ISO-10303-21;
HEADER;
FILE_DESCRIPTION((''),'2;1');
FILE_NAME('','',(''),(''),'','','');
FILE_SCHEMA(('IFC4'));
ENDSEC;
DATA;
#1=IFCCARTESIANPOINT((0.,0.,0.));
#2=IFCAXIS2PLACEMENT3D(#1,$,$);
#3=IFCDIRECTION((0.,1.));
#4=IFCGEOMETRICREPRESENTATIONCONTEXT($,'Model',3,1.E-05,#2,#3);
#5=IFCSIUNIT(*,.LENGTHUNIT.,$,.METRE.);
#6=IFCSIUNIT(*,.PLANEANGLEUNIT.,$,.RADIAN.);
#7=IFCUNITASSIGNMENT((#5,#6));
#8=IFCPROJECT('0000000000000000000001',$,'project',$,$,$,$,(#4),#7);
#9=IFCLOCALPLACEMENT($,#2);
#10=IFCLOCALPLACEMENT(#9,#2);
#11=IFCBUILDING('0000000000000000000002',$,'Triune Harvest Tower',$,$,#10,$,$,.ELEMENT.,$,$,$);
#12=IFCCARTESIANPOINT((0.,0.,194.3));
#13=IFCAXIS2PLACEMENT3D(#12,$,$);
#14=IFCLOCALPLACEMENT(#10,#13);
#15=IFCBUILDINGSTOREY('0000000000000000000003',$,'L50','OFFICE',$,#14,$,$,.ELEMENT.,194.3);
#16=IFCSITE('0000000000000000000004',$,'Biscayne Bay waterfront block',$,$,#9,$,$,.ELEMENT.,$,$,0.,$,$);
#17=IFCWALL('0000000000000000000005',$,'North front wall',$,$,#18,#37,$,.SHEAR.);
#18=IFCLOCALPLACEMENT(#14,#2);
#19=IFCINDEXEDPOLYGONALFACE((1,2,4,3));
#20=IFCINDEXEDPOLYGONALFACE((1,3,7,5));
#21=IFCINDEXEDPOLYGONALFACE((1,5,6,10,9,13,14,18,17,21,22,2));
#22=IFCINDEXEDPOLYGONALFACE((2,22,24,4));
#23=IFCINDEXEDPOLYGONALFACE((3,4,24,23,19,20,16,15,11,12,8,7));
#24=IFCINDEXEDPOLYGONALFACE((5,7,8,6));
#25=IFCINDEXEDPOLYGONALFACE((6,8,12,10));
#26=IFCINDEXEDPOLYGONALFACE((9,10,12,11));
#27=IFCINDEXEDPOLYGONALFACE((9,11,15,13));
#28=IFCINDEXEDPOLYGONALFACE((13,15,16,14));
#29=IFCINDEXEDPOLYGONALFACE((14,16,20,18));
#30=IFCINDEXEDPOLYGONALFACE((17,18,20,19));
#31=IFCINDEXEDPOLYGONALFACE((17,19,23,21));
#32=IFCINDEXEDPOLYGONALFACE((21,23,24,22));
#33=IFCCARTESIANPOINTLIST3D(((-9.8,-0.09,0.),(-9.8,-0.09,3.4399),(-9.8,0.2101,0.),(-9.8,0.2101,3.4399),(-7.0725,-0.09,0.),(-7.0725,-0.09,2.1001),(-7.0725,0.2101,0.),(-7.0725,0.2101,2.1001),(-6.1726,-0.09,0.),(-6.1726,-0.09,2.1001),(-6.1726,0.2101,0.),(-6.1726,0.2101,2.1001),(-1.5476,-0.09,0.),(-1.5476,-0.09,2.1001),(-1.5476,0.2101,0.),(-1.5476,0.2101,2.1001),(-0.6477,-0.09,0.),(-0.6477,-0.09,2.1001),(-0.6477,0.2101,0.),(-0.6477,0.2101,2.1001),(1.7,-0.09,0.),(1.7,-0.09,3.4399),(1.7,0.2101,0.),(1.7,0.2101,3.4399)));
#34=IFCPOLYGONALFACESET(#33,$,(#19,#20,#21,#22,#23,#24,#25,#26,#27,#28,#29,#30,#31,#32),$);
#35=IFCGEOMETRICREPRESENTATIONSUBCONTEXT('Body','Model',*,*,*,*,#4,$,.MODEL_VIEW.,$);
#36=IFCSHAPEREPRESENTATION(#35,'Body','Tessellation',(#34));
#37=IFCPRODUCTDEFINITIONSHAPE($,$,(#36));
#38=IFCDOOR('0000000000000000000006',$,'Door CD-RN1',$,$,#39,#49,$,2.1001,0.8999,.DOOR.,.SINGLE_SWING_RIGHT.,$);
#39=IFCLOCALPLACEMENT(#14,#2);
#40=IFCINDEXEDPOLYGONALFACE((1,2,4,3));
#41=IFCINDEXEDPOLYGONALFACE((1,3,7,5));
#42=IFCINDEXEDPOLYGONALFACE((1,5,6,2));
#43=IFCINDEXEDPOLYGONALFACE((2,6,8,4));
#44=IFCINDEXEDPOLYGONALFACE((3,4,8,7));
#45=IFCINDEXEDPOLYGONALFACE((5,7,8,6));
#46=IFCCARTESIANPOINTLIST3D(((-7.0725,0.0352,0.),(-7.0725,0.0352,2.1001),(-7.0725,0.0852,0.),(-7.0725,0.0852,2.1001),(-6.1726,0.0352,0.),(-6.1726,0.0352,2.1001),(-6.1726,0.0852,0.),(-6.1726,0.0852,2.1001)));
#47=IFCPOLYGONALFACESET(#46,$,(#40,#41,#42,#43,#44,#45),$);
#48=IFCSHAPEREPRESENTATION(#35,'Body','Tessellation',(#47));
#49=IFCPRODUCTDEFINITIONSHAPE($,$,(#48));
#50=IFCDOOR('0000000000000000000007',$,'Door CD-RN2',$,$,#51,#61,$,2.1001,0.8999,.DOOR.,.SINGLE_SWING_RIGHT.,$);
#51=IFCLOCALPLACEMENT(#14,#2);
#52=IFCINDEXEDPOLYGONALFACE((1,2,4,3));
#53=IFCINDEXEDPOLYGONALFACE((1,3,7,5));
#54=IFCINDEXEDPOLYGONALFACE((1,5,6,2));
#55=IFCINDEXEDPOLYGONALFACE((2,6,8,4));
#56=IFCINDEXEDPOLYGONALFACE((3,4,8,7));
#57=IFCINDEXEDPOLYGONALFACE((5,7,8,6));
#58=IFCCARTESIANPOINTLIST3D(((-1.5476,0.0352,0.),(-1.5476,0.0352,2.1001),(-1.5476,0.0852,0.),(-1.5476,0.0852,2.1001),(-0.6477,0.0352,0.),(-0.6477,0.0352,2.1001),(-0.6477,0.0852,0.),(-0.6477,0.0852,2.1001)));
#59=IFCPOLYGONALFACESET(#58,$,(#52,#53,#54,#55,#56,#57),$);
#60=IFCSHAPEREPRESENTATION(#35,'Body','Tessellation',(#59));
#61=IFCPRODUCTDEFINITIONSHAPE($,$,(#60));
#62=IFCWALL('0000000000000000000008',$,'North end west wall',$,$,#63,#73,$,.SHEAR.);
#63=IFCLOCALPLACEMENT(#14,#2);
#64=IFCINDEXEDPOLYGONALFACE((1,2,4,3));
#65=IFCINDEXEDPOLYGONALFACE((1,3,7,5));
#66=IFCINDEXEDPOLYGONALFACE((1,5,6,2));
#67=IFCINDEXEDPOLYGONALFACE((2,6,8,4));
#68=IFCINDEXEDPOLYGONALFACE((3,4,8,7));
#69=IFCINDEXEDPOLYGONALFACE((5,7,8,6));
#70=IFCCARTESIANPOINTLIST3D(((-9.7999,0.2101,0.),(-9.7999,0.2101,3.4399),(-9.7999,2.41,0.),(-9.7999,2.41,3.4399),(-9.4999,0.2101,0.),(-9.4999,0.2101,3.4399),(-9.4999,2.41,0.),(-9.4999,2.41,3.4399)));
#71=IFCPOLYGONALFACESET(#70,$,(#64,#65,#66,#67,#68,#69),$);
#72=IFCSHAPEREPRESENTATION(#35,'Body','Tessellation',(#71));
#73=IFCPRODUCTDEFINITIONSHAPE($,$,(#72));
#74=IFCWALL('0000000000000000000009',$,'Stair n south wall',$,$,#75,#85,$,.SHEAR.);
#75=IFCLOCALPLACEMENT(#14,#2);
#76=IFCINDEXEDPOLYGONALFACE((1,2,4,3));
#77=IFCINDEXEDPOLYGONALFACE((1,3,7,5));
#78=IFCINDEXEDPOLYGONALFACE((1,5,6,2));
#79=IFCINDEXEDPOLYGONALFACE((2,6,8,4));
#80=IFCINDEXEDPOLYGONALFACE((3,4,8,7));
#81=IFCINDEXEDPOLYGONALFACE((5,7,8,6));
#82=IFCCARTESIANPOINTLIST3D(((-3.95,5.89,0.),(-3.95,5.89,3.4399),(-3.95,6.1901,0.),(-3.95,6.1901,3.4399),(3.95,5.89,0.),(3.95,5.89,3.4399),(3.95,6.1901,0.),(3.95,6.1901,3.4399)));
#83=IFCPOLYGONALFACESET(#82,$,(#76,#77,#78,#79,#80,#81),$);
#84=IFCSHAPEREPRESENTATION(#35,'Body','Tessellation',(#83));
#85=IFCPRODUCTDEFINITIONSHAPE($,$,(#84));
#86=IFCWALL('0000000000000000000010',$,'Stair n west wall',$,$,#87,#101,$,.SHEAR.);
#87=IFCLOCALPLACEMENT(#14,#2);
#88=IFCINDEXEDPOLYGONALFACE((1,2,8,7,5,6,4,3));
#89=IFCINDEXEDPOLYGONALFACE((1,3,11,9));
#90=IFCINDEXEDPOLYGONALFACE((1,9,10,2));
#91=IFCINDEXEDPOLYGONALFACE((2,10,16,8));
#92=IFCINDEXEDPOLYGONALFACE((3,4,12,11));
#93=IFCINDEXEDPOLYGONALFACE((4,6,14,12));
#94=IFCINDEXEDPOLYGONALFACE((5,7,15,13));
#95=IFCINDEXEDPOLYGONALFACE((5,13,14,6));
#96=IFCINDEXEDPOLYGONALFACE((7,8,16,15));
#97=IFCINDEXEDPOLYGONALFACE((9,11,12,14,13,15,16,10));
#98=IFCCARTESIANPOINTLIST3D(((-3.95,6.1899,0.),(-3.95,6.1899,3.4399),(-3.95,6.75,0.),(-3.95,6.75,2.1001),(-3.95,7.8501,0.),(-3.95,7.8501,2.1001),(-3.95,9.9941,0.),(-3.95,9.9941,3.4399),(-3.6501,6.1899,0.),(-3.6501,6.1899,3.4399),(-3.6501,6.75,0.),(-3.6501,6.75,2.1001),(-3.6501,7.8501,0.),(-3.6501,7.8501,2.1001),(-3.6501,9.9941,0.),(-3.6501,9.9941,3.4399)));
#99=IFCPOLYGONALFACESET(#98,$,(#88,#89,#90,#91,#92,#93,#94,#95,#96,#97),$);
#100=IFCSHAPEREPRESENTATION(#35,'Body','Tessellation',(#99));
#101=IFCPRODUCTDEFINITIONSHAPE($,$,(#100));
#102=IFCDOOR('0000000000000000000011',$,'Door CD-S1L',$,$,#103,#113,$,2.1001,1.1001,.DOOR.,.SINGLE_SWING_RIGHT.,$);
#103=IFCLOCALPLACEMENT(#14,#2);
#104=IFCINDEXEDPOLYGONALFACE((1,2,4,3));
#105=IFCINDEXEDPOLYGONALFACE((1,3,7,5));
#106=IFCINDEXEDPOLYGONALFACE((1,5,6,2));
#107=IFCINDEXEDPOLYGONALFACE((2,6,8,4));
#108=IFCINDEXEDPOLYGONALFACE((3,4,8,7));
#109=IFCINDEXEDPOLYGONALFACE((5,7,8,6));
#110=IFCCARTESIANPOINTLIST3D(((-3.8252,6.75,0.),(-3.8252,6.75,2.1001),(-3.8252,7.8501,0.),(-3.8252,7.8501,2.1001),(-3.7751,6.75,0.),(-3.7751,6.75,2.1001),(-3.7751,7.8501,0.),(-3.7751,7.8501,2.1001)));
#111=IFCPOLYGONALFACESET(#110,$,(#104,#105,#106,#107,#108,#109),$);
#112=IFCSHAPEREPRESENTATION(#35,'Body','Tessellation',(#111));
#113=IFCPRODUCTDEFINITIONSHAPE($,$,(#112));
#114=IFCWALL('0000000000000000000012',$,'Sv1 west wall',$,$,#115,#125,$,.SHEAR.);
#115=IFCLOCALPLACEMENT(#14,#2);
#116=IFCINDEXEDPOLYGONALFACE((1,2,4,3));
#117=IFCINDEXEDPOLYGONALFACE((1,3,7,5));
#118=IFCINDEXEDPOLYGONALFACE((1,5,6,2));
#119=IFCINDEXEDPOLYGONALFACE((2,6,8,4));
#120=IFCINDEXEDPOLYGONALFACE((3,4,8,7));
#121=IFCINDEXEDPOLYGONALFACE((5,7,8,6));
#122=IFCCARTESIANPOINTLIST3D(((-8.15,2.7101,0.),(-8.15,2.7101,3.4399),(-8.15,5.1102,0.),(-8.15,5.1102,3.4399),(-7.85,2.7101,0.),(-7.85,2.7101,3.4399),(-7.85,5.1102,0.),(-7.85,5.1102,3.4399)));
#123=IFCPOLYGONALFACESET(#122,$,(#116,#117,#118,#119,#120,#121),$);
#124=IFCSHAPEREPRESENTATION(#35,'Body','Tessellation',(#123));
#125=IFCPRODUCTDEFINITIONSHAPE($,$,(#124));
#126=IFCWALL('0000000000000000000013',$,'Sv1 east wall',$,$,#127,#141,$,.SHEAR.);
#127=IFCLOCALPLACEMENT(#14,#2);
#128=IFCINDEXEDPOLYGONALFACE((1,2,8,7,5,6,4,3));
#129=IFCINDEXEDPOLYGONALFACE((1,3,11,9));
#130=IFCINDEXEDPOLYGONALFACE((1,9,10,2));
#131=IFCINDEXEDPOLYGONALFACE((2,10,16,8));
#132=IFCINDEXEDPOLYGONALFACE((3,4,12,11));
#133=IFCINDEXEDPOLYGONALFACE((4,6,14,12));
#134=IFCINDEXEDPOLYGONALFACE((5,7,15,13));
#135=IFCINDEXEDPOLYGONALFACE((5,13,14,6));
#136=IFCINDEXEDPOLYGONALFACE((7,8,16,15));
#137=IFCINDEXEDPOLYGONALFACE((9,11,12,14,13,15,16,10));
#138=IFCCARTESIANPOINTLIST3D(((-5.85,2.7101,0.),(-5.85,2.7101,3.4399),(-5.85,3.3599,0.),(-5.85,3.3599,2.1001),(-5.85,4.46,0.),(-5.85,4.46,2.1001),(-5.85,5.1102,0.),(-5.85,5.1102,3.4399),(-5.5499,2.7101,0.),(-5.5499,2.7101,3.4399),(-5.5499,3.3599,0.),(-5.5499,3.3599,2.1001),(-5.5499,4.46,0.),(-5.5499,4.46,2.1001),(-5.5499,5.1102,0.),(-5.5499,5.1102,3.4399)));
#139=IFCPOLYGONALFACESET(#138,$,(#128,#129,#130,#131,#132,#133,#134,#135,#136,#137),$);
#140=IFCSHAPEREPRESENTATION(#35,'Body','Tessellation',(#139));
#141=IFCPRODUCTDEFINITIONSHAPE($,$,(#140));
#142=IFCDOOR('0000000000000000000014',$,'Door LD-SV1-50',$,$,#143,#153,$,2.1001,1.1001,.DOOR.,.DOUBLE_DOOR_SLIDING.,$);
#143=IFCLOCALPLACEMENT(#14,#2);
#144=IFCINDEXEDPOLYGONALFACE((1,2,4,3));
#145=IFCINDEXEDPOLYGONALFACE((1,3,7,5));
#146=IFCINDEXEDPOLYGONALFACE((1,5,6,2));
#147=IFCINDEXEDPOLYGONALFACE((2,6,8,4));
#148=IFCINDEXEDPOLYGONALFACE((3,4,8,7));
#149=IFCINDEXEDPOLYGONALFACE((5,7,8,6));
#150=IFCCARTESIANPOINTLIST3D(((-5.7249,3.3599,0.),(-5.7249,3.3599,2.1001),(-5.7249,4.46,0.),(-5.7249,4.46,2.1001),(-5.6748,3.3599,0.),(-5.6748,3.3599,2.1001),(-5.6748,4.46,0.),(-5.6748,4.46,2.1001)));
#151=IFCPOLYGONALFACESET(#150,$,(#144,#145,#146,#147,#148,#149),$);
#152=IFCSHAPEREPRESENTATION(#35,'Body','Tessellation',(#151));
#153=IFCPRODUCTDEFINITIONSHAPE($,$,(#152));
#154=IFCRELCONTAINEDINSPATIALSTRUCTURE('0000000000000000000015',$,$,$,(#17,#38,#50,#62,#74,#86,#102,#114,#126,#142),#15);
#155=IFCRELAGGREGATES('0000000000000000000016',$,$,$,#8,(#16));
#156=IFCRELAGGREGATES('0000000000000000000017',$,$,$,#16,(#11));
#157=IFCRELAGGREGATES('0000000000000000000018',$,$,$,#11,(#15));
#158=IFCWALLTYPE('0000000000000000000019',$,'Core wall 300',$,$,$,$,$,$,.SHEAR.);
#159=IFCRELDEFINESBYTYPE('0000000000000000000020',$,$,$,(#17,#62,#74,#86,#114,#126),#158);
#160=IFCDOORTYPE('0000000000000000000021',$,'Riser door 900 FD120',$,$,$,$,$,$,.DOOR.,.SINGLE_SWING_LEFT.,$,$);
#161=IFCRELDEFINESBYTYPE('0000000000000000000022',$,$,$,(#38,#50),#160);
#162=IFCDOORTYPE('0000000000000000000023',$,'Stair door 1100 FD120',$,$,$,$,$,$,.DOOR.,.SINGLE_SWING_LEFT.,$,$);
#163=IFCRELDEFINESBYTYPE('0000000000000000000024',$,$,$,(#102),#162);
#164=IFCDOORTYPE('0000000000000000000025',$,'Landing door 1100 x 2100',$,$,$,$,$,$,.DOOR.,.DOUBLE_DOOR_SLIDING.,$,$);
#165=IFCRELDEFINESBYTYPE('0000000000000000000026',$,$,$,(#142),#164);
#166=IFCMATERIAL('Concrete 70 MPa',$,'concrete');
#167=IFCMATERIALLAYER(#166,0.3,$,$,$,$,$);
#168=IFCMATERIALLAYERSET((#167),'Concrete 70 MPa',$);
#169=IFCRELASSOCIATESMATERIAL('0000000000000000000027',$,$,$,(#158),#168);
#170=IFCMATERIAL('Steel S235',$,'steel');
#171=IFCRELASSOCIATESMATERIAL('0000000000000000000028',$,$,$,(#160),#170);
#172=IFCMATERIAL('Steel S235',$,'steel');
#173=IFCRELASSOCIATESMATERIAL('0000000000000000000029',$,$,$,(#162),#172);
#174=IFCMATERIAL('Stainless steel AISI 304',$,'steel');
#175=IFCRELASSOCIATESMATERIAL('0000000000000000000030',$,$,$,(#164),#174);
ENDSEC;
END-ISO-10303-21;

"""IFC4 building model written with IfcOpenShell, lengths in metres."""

from ifc_helpers import new_model, si_unit, direction, frame, frame_2d, origin, place, context, subcontext, project, spatial, polyline, rectangle, outline, extrude, source, transform, mapped, material, layer, layer_set, type_object, element, fill, save


model = new_model("IFC4")

# Units and contexts
model_context = context("Model", 3, precision=1e-05, world=origin(), true_north=direction((0.0, 1.0)))
body_context = subcontext(model_context, "Body", "Model", "MODEL_VIEW")
ifc_project = project(units=[si_unit("LENGTHUNIT", "METRE"), si_unit("PLANEANGLEUNIT", "RADIAN")], contexts=[model_context])

# Site, building, storey
site_placement = place(None, origin())
site = spatial("IfcSite", under=ifc_project, at=site_placement, Name="Biscayne Bay waterfront block", CompositionType="ELEMENT", RefElevation=0.0)
building_placement = place(site_placement, origin())
building = spatial("IfcBuilding", under=site, at=building_placement, Name="Triune Harvest Tower", CompositionType="ELEMENT")
storey_placement = place(building_placement, frame((0.0, 0.0, 194.3)))
storey = spatial("IfcBuildingStorey", under=building, at=storey_placement, Name="L50", Description="OFFICE", CompositionType="ELEMENT", Elevation=194.3)

# Wall, openings, doors
ifc_material_1 = material(Name="Concrete 70 MPa", Category="concrete")
ifc_layer_1 = layer(ifc_material_1, 0.3)
ifc_layer_set_1 = layer_set([ifc_layer_1], Name="Concrete 70 MPa")
wall_type_1 = type_object("IfcWallType", Name="Core wall 300", PredefinedType="SHEAR", material=ifc_layer_set_1)
shared_shape_1 = source(origin(), body_context, "Body", "SweptSolid", [
    extrude(rectangle(XDim=11.5, YDim=0.3, at=frame_2d((5.75, 0.0))), origin(), (0.0, 0.0, 1.0), 3.4399),
])
wall_1_placement = place(storey_placement, frame((-9.8, 0.0601, 0.0), z_axis=(0.0, 0.0, 1.0), x_axis=(1.0, 0.0, 0.0)))
wall_1 = element("IfcWall", 1, at=wall_1_placement, inside=storey, type_object=wall_type_1, Name="North front wall", PredefinedType="SHEAR", context=body_context, shape_type="MappedRepresentation", body=[
    mapped(shared_shape_1, transform((0.0, 0.0, 0.0), scale=1.0)),
])
opening_1_placement = place(wall_1_placement, frame((2.7275, 0.0, 0.0)))
opening_1 = element("IfcOpeningElement", 2, at=opening_1_placement, cuts=wall_1, PredefinedType="OPENING", context=body_context, shape_type="SweptSolid", body=[
    extrude(rectangle(XDim=0.8999, YDim=2.1001, at=frame_2d((0.45, 1.05))), frame((0.0, 0.1602, 0.0), z_axis=(0.0, -1.0, 0.0), x_axis=(1.0, 0.0, 0.0)), (0.0, 0.0, 1.0), 0.3201),
])
opening_2_placement = place(wall_1_placement, frame((8.2524, 0.0, 0.0)))
opening_2 = element("IfcOpeningElement", 3, at=opening_2_placement, cuts=wall_1, PredefinedType="OPENING", context=body_context, shape_type="SweptSolid", body=[
    extrude(rectangle(XDim=0.8999, YDim=2.1001, at=frame_2d((0.45, 1.05))), frame((0.0, 0.1602, 0.0), z_axis=(0.0, -1.0, 0.0), x_axis=(1.0, 0.0, 0.0)), (0.0, 0.0, 1.0), 0.3201),
])
ifc_material_2 = material(Name="Steel S235", Category="steel")
door_type_1 = type_object("IfcDoorType", Name="Riser door 900 FD120", OperationType="SINGLE_SWING_LEFT", PredefinedType="DOOR", material=ifc_material_2)
door_1_placement = place(opening_1_placement, frame((0.8999, 0.0, 0.0), z_axis=(0.0, 0.0, 1.0), x_axis=(-1.0, 0.0, 0.0)))
door_1 = element("IfcDoor", 4, at=door_1_placement, inside=storey, type_object=door_type_1, Name="Door CD-RN1", OperationType="SINGLE_SWING_RIGHT", OverallHeight=2.1001, OverallWidth=0.8999, PredefinedType="DOOR", context=body_context, shape_type="SweptSolid", body=[
    extrude(rectangle(XDim=0.8999, YDim=2.1001, at=frame_2d((0.45, 1.05))), frame((0.0, 0.0249, 0.0), z_axis=(0.0, -1.0, 0.0), x_axis=(1.0, 0.0, 0.0)), (0.0, 0.0, 1.0), 0.05),
])
fill(opening_1, door_1)
door_2_placement = place(opening_2_placement, frame((0.8999, 0.0, 0.0), z_axis=(0.0, 0.0, 1.0), x_axis=(-1.0, 0.0, 0.0)))
door_2 = element("IfcDoor", 5, at=door_2_placement, inside=storey, type_object=door_type_1, Name="Door CD-RN2", OperationType="SINGLE_SWING_RIGHT", OverallHeight=2.1001, OverallWidth=0.8999, PredefinedType="DOOR", context=body_context, shape_type="SweptSolid", body=[
    extrude(rectangle(XDim=0.8999, YDim=2.1001, at=frame_2d((0.45, 1.05))), frame((0.0, 0.0249, 0.0), z_axis=(0.0, -1.0, 0.0), x_axis=(1.0, 0.0, 0.0)), (0.0, 0.0, 1.0), 0.05),
])
fill(opening_2, door_2)

# Walls
shared_shape_2 = source(origin(), body_context, "Body", "SweptSolid", [
    extrude(rectangle(XDim=2.2, YDim=0.3, at=frame_2d((1.1001, 0.0))), origin(), (0.0, 0.0, 1.0), 3.4399),
])
wall_2_placement = place(storey_placement, frame((-9.6499, 0.21, 0.0), z_axis=(0.0, 0.0, 1.0), x_axis=(0.0, 1.0, 0.0)))
element("IfcWall", 6, at=wall_2_placement, inside=storey, type_object=wall_type_1, Name="North end west wall", PredefinedType="SHEAR", context=body_context, shape_type="MappedRepresentation", body=[
    mapped(shared_shape_2, transform((0.0, 0.0, 0.0), scale=1.0)),
])
shared_shape_3 = source(origin(), body_context, "Body", "SweptSolid", [
    extrude(rectangle(XDim=7.8999, YDim=0.3, at=frame_2d((3.95, 0.0))), origin(), (0.0, 0.0, 1.0), 3.4399),
])
wall_3_placement = place(storey_placement, frame((-3.95, 6.04, 0.0), z_axis=(0.0, 0.0, 1.0), x_axis=(1.0, 0.0, 0.0)))
element("IfcWall", 7, at=wall_3_placement, inside=storey, type_object=wall_type_1, Name="Stair n south wall", PredefinedType="SHEAR", context=body_context, shape_type="MappedRepresentation", body=[
    mapped(shared_shape_3, transform((0.0, 0.0, 0.0), scale=1.0)),
])

# Wall, opening, door
shared_shape_4 = source(origin(), body_context, "Body", "SweptSolid", [
    extrude(outline(polyline([(0.0, -0.1499), (0.0, 0.1499), (3.8042, 0.1499), (3.8042, -0.1499), (0.0, -0.1499)])), origin(), (0.0, 0.0, 1.0), 3.4399),
])
wall_4_placement = place(storey_placement, frame((-3.8, 6.1899, 0.0), z_axis=(0.0, 0.0, 1.0), x_axis=(0.0, 1.0, 0.0)))
wall_4 = element("IfcWall", 8, at=wall_4_placement, inside=storey, type_object=wall_type_1, Name="Stair n west wall", PredefinedType="SHEAR", context=body_context, shape_type="MappedRepresentation", body=[
    mapped(shared_shape_4, transform((0.0, 0.0, 0.0), scale=1.0)),
])
opening_3_placement = place(wall_4_placement, frame((0.5601, 0.0, 0.0)))
opening_3 = element("IfcOpeningElement", 9, at=opening_3_placement, cuts=wall_4, PredefinedType="OPENING", context=body_context, shape_type="SweptSolid", body=[
    extrude(rectangle(XDim=1.1001, YDim=2.1001, at=frame_2d((0.55, 1.05))), frame((0.0, 0.1602, 0.0), z_axis=(0.0, -1.0, 0.0), x_axis=(1.0, 0.0, 0.0)), (0.0, 0.0, 1.0), 0.3201),
])
ifc_material_3 = material(Name="Steel S235", Category="steel")
door_type_2 = type_object("IfcDoorType", Name="Stair door 1100 FD120", OperationType="SINGLE_SWING_LEFT", PredefinedType="DOOR", material=ifc_material_3)
door_3_placement = place(opening_3_placement, frame((1.1001, 0.0, 0.0), z_axis=(0.0, 0.0, 1.0), x_axis=(-1.0, 0.0, 0.0)))
door_3 = element("IfcDoor", 10, at=door_3_placement, inside=storey, type_object=door_type_2, Name="Door CD-S1L", OperationType="SINGLE_SWING_RIGHT", OverallHeight=2.1001, OverallWidth=1.1001, PredefinedType="DOOR", context=body_context, shape_type="SweptSolid", body=[
    extrude(rectangle(XDim=1.1001, YDim=2.1001, at=frame_2d((0.55, 1.05))), frame((0.0, 0.0249, 0.0), z_axis=(0.0, -1.0, 0.0), x_axis=(1.0, 0.0, 0.0)), (0.0, 0.0, 1.0), 0.05),
])
fill(opening_3, door_3)

# Wall
shared_shape_5 = source(origin(), body_context, "Body", "SweptSolid", [
    extrude(rectangle(XDim=2.4001, YDim=0.3, at=frame_2d((1.2002, 0.0))), origin(), (0.0, 0.0, 1.0), 3.4399),
])
wall_5_placement = place(storey_placement, frame((-8.0, 2.71, 0.0), z_axis=(0.0, 0.0, 1.0), x_axis=(0.0, 1.0, 0.0)))
element("IfcWall", 11, at=wall_5_placement, inside=storey, type_object=wall_type_1, Name="Sv1 west wall", PredefinedType="SHEAR", context=body_context, shape_type="MappedRepresentation", body=[
    mapped(shared_shape_5, transform((0.0, 0.0, 0.0), scale=1.0)),
])

# Wall, opening, door
wall_6_placement = place(storey_placement, frame((-5.7, 2.71, 0.0), z_axis=(0.0, 0.0, 1.0), x_axis=(0.0, 1.0, 0.0)))
wall_6 = element("IfcWall", 12, at=wall_6_placement, inside=storey, type_object=wall_type_1, Name="Sv1 east wall", PredefinedType="SHEAR", context=body_context, shape_type="MappedRepresentation", body=[
    mapped(shared_shape_5, transform((0.0, 0.0, 0.0), scale=1.0)),
])
opening_4_placement = place(wall_6_placement, frame((0.6499, 0.0, 0.0)))
opening_4 = element("IfcOpeningElement", 13, at=opening_4_placement, cuts=wall_6, PredefinedType="OPENING", context=body_context, shape_type="SweptSolid", body=[
    extrude(rectangle(XDim=1.1001, YDim=2.1001, at=frame_2d((0.55, 1.05))), frame((0.0, 0.1602, 0.0), z_axis=(0.0, -1.0, 0.0), x_axis=(1.0, 0.0, 0.0)), (0.0, 0.0, 1.0), 0.3201),
])
ifc_material_4 = material(Name="Stainless steel AISI 304", Category="steel")
door_type_3 = type_object("IfcDoorType", Name="Landing door 1100 x 2100", OperationType="DOUBLE_DOOR_SLIDING", PredefinedType="DOOR", material=ifc_material_4)
door_4_placement = place(opening_4_placement, origin())
door_4 = element("IfcDoor", 14, at=door_4_placement, inside=storey, type_object=door_type_3, Name="Door LD-SV1-50", OperationType="DOUBLE_DOOR_SLIDING", OverallHeight=2.1001, OverallWidth=1.1001, PredefinedType="DOOR", context=body_context, shape_type="SweptSolid", body=[
    extrude(rectangle(XDim=1.1001, YDim=2.1001, at=frame_2d((0.55, 1.05))), frame((0.0, 0.0249, 0.0), z_axis=(0.0, -1.0, 0.0), x_axis=(1.0, 0.0, 0.0)), (0.0, 0.0, 1.0), 0.05),
])
fill(opening_4, door_4)

save(model, "model.ifc")
